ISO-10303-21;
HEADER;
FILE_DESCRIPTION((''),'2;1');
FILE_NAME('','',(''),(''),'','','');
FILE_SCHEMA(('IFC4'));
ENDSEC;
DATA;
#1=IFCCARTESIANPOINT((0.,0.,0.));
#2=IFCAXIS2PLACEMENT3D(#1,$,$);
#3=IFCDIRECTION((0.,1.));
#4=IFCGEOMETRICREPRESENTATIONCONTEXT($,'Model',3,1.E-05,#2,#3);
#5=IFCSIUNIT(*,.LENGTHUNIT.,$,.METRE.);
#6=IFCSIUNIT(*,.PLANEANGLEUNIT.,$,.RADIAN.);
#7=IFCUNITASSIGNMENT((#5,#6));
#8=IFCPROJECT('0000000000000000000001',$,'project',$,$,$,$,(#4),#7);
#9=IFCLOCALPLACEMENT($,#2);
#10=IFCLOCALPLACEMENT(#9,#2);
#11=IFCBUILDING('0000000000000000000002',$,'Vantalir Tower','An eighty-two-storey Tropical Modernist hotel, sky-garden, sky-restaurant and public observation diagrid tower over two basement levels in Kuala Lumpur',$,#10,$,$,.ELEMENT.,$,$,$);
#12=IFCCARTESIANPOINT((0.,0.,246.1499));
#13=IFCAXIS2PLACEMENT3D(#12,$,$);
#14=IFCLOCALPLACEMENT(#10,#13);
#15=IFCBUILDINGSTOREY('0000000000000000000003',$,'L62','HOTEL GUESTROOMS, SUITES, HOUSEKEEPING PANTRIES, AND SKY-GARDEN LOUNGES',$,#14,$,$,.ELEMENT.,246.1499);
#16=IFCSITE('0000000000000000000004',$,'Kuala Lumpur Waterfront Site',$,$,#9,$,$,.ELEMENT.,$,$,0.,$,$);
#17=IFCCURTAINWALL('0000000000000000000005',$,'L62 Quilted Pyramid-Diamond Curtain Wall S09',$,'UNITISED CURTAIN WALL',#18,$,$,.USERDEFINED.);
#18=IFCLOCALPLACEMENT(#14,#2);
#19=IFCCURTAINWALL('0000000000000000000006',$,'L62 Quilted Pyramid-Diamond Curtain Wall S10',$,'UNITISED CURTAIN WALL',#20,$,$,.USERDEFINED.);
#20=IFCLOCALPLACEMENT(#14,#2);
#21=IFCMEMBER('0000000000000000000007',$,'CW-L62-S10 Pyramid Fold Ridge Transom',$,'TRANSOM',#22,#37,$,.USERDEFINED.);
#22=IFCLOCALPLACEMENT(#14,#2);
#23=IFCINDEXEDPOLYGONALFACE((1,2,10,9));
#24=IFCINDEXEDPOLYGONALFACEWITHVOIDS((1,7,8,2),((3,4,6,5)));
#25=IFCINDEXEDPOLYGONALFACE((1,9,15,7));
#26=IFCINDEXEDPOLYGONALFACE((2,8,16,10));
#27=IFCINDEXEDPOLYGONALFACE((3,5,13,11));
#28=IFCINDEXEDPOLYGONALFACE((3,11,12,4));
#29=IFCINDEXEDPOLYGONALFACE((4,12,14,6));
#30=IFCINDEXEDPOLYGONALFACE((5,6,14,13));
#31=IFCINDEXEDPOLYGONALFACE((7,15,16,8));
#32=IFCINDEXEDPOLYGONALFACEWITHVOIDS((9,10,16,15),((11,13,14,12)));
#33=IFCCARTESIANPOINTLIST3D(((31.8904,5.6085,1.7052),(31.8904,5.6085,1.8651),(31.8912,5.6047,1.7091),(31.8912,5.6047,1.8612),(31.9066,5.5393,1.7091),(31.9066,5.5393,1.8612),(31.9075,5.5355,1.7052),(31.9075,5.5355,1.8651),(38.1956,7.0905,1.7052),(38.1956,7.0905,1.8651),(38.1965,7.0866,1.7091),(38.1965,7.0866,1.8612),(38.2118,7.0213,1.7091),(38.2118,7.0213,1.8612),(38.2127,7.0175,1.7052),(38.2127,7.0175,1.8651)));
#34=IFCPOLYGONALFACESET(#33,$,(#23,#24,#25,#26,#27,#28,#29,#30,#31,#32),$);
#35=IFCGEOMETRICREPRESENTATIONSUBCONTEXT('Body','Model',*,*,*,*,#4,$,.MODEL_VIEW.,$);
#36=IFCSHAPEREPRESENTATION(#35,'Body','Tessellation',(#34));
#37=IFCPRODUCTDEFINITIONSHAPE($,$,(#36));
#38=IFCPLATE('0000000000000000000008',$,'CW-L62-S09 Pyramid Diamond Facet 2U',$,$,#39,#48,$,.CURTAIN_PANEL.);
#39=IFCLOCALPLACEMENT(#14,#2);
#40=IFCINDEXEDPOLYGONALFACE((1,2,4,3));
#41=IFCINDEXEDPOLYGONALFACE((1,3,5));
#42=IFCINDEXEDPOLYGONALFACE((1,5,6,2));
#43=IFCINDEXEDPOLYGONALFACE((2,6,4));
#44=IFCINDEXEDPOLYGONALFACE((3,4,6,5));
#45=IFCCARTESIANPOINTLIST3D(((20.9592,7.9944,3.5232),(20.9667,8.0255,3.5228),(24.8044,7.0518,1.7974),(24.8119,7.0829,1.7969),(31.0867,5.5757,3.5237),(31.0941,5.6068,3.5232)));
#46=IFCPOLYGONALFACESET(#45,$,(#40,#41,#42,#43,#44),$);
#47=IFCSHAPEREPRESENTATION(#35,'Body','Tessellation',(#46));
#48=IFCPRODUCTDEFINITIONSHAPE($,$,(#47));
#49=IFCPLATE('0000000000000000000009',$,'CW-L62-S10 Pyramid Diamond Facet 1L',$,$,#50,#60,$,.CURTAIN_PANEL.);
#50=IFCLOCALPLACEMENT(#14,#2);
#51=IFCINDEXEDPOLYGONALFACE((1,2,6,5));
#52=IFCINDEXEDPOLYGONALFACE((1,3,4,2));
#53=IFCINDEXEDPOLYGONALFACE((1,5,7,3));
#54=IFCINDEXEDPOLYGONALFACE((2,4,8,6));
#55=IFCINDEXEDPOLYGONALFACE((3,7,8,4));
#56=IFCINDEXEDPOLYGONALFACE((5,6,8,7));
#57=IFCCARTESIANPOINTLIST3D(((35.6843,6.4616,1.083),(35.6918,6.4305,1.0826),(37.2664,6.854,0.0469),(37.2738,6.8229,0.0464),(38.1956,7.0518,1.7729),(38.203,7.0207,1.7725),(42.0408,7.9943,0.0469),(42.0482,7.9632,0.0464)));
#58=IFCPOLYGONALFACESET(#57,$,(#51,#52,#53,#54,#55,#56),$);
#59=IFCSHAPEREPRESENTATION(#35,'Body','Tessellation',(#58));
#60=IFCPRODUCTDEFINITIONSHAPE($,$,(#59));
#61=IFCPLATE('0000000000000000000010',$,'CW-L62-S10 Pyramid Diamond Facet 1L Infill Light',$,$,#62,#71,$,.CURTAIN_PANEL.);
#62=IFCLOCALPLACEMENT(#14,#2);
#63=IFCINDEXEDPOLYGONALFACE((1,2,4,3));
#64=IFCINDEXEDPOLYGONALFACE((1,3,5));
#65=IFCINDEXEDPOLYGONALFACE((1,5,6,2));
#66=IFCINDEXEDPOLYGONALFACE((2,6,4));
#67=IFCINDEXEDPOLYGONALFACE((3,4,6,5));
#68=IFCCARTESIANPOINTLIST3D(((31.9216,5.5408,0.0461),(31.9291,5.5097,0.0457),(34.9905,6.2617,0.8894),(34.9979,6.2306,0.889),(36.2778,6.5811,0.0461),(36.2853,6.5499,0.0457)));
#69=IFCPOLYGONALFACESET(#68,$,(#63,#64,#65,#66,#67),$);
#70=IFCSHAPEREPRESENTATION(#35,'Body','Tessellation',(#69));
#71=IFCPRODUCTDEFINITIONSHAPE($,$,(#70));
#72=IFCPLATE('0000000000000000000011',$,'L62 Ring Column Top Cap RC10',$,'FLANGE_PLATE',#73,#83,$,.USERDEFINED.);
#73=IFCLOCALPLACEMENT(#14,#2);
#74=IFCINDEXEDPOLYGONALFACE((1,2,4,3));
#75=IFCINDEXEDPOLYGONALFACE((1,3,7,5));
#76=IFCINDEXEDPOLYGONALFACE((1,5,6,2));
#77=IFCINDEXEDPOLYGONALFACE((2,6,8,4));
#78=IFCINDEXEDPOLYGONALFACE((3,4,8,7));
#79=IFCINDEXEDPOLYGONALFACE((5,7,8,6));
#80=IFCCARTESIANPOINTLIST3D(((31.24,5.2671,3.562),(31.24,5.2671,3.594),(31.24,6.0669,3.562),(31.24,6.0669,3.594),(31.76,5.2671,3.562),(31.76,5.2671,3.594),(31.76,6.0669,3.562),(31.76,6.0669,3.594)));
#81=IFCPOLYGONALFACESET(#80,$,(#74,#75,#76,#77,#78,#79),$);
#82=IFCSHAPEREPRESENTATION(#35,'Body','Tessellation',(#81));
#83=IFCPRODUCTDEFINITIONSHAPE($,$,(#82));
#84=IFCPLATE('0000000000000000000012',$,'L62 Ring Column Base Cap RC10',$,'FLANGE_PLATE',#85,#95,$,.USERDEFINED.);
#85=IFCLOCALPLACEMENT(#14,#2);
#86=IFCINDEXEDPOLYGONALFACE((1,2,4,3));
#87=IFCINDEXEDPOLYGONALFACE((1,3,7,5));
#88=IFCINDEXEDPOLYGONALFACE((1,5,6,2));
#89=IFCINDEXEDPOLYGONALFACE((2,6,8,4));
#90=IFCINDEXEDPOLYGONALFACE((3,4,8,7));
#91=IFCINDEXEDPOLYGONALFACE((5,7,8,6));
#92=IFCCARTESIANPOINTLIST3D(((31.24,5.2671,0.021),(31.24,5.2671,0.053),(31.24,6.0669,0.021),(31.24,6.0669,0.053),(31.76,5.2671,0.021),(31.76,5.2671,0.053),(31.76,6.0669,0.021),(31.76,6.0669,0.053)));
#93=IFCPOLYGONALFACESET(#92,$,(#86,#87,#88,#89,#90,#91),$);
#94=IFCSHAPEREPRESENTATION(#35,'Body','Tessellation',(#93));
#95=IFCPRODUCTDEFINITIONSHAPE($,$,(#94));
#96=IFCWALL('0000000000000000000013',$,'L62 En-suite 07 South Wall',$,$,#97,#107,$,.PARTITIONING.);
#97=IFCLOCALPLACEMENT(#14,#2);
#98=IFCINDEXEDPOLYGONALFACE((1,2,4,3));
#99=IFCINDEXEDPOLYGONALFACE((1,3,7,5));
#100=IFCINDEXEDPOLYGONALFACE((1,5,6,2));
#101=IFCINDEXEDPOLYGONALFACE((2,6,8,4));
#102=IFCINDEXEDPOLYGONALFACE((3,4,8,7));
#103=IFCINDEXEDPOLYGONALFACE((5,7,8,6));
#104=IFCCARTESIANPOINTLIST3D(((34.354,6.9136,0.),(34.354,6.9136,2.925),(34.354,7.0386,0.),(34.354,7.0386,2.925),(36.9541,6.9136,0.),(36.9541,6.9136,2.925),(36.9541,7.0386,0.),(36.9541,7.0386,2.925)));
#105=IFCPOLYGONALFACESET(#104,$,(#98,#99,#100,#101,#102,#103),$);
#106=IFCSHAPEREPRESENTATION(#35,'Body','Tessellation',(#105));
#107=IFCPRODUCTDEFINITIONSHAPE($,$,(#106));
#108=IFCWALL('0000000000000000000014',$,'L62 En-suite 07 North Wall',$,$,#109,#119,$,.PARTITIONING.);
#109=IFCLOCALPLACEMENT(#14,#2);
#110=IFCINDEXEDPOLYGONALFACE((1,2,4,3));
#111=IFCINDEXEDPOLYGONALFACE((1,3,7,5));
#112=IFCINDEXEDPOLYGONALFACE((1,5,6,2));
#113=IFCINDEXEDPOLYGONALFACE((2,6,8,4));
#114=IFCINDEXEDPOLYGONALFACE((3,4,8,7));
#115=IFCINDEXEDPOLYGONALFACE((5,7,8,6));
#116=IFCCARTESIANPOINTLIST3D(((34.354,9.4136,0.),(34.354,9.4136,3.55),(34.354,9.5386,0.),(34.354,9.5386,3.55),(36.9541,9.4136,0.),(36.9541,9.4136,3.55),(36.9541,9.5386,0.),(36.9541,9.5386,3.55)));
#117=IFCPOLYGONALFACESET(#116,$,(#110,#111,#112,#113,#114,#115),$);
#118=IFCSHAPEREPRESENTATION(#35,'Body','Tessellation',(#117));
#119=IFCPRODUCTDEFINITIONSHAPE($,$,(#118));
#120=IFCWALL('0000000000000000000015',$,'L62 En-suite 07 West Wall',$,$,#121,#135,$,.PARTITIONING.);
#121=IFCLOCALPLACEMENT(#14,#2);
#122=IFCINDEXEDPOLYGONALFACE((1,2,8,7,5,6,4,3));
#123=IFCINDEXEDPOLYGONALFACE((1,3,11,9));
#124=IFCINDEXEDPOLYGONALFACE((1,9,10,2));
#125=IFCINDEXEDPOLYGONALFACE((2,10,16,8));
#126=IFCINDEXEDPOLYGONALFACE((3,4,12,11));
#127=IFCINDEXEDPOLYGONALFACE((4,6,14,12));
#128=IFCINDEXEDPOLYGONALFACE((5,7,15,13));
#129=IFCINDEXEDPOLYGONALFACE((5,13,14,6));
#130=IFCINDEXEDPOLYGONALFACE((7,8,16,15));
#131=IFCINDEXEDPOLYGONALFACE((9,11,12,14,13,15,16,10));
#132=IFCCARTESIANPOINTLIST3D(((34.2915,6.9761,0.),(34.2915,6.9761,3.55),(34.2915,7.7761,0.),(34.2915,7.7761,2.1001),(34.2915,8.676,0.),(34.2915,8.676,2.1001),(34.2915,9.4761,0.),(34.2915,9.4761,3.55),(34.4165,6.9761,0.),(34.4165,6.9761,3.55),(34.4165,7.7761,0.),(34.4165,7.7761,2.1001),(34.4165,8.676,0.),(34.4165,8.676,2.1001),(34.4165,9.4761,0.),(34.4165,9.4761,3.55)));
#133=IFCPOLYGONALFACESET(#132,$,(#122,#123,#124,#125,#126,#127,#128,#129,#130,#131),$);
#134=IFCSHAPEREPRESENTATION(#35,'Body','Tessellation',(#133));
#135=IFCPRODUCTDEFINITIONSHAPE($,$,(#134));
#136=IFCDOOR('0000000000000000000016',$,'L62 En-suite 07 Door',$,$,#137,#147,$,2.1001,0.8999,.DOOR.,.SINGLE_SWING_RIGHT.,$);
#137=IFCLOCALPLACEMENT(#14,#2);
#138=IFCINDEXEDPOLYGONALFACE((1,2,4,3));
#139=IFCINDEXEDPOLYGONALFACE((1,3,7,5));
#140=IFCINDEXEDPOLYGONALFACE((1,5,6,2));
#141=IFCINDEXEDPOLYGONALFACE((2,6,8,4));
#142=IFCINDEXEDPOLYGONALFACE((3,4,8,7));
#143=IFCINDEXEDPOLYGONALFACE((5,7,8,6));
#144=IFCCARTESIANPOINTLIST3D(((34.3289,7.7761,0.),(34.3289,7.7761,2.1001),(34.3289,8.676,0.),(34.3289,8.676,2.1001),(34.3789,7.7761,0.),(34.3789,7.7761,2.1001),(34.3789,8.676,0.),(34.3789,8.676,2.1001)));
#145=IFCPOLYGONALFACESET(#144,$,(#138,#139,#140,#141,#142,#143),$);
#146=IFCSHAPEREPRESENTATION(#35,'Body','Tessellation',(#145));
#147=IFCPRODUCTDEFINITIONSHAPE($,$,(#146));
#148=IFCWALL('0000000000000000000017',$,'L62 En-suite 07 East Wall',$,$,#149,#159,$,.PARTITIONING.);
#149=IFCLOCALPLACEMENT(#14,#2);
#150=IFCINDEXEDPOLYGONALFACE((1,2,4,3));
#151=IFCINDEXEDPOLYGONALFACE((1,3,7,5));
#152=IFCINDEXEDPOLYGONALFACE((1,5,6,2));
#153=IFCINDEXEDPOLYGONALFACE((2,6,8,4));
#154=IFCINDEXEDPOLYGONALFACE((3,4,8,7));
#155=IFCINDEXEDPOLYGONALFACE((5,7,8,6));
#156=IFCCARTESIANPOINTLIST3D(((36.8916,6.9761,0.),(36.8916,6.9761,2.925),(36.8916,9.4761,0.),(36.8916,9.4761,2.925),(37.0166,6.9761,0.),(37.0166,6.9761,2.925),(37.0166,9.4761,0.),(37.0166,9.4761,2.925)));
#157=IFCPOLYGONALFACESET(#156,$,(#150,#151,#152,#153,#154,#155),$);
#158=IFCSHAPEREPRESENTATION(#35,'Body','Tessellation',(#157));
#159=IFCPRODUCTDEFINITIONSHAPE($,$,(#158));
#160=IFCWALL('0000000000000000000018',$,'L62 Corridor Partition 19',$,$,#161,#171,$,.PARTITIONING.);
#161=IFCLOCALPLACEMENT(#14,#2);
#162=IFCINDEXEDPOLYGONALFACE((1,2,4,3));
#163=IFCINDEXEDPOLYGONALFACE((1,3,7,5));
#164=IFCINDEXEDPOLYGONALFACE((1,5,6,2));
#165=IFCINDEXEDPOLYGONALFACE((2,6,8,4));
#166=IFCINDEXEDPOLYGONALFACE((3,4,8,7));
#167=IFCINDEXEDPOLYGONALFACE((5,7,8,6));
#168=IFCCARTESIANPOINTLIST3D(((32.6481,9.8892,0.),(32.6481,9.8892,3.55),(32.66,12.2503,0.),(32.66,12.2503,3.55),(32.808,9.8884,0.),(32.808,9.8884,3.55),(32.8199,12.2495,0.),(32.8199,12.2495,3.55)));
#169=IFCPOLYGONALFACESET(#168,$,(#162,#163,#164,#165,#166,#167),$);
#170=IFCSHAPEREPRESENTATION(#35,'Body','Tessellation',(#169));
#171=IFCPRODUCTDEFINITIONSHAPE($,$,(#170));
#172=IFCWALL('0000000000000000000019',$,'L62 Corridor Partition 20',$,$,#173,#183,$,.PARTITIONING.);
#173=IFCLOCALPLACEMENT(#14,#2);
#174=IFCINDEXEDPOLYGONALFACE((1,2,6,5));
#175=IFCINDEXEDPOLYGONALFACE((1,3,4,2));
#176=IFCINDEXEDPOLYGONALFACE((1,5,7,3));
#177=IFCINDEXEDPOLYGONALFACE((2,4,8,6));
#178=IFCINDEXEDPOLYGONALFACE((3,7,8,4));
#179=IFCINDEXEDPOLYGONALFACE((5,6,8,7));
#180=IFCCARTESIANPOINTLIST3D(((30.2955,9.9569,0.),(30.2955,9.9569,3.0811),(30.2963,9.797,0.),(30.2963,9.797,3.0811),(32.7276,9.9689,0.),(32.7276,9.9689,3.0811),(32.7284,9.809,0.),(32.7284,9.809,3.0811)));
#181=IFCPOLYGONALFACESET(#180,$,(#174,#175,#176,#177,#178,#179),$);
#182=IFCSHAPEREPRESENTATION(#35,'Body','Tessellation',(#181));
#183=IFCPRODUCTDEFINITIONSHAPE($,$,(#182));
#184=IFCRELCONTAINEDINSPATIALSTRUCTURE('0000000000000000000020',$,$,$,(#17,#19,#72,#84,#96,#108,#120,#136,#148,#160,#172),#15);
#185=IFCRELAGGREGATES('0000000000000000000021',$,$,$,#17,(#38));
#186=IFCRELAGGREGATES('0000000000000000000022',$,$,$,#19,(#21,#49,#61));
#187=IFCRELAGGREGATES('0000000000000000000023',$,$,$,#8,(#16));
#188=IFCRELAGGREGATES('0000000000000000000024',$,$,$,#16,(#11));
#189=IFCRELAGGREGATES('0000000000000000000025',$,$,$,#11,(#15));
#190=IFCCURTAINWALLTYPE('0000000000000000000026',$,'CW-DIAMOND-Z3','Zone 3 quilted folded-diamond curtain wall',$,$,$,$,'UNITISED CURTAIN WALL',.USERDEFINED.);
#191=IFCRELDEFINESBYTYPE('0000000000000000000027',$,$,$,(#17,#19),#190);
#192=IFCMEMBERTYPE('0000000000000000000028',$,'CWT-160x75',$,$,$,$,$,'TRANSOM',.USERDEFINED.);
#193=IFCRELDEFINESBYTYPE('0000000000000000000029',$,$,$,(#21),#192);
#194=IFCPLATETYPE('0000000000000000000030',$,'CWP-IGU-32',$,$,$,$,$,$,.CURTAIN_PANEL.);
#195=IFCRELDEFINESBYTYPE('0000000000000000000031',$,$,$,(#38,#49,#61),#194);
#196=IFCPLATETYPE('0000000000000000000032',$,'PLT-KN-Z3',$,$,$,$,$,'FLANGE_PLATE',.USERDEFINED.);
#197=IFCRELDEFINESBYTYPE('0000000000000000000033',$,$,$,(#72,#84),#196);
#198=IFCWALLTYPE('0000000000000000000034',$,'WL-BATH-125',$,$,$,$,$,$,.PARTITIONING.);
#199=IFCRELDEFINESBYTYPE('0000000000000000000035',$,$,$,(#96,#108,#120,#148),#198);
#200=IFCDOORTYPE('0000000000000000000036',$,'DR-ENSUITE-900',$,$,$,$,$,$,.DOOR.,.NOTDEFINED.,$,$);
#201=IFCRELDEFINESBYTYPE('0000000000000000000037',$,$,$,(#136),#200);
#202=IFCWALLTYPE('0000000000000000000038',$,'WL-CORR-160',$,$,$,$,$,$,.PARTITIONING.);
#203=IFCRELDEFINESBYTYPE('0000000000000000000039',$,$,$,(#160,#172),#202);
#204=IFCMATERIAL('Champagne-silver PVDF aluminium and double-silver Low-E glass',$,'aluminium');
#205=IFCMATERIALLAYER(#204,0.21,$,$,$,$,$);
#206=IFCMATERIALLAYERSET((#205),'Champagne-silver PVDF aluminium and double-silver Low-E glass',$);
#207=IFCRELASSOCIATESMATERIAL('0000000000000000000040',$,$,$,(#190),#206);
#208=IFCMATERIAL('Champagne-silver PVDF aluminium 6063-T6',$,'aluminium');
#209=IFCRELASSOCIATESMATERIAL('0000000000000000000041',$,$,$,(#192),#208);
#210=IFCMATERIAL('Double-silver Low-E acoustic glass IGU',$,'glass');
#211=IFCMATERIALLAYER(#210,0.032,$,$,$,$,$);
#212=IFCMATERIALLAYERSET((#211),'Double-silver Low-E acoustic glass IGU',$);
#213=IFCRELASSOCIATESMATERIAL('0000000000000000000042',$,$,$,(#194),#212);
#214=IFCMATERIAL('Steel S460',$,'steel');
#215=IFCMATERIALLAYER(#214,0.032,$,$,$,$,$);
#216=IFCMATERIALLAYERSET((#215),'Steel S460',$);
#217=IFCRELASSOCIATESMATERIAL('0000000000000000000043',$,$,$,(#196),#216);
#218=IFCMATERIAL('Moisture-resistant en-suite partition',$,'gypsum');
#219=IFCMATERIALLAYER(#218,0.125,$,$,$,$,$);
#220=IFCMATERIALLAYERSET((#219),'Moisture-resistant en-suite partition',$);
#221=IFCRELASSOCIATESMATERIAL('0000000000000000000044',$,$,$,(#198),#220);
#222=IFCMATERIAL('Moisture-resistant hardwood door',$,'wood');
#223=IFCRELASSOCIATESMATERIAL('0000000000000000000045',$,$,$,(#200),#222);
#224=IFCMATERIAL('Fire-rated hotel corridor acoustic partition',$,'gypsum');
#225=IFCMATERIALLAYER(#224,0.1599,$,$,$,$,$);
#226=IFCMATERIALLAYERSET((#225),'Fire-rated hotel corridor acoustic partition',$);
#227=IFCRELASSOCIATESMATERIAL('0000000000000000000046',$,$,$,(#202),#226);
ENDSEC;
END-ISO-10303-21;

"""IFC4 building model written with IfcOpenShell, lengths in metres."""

from ifc_helpers import new_model, si_unit, direction, frame, frame_2d, origin, origin_2d, place, context, subcontext, project, spatial, polyline, rectangle, hollow_rectangle, outline, extrude, material, layer, layer_set, material_profile, profile_set, type_object, element, fill, aggregate, save


model = new_model("IFC4")

# Units and contexts
model_context = context("Model", 3, precision=1e-05, world=origin(), true_north=direction((0.0, 1.0)))
body_context = subcontext(model_context, "Body", "Model", "MODEL_VIEW")
ifc_project = project(units=[si_unit("LENGTHUNIT", "METRE"), si_unit("PLANEANGLEUNIT", "RADIAN")], contexts=[model_context])

# Site, building, storey
site_placement = place(None, origin())
site = spatial("IfcSite", under=ifc_project, at=site_placement, Name="Kuala Lumpur Waterfront Site", CompositionType="ELEMENT", RefElevation=0.0)
building_placement = place(site_placement, origin())
building = spatial("IfcBuilding", under=site, at=building_placement, Name="Vantalir Tower", Description="An eighty-two-storey Tropical Modernist hotel, sky-garden, sky-restaurant and public observation diagrid tower over two basement levels in Kuala Lumpur", CompositionType="ELEMENT")
storey_placement = place(building_placement, frame((0.0, 0.0, 246.1499)))
storey = spatial("IfcBuildingStorey", under=building, at=storey_placement, Name="L62", Description="HOTEL GUESTROOMS, SUITES, HOUSEKEEPING PANTRIES, AND SKY-GARDEN LOUNGES", CompositionType="ELEMENT", Elevation=246.1499)

# Shared definitions
ifc_material_1 = material(Name="Steel S460", Category="steel")

# Curtain wall
ifc_material_2 = material(Name="Champagne-silver PVDF aluminium and double-silver Low-E glass", Category="aluminium")
ifc_layer_1 = layer(ifc_material_2, 0.21)
ifc_layer_set_1 = layer_set([ifc_layer_1], Name="Champagne-silver PVDF aluminium and double-silver Low-E glass")
curtain_wall_type = type_object("IfcCurtainWallType", Name="CW-DIAMOND-Z3", Description="Zone 3 quilted folded-diamond curtain wall", ElementType="UNITISED CURTAIN WALL", PredefinedType="USERDEFINED", material=ifc_layer_set_1)
curtain_wall_1_placement = place(storey_placement, origin())
curtain_wall_1 = element("IfcCurtainWall", 1, at=curtain_wall_1_placement, inside=storey, type_object=curtain_wall_type, Name="L62 Quilted Pyramid-Diamond Curtain Wall S09", ObjectType="UNITISED CURTAIN WALL", PredefinedType="USERDEFINED")
ifc_material_3 = material(Name="Champagne-silver PVDF aluminium 6063-T6", Category="aluminium")

# Curtain wall, member
curtain_wall_2_placement = place(storey_placement, origin())
curtain_wall_2 = element("IfcCurtainWall", 2, at=curtain_wall_2_placement, inside=storey, type_object=curtain_wall_type, Name="L62 Quilted Pyramid-Diamond Curtain Wall S10", ObjectType="UNITISED CURTAIN WALL", PredefinedType="USERDEFINED")
ifc_material_profile_1 = material_profile(ifc_material_3, hollow_rectangle(XDim=0.075, YDim=0.1599, WallThickness=0.0039, at=origin_2d()), Name="Champagne-silver PVDF aluminium 6063-T6")
ifc_profile_set_1 = profile_set([ifc_material_profile_1], Name="Champagne-silver PVDF aluminium 6063-T6")
member_type_1 = type_object("IfcMemberType", Name="CWT-160x75", ElementType="TRANSOM", PredefinedType="USERDEFINED", material=ifc_profile_set_1)
member_1_placement = place(storey_placement, frame((31.8989, 5.572, 1.7852), z_axis=(0.973473, 0.2288, 0.0), x_axis=(-0.2288, 0.973473, 0.0)))
member_1 = element("IfcMember", 3, at=member_1_placement, type_object=member_type_1, Name="CW-L62-S10 Pyramid Fold Ridge Transom", ObjectType="TRANSOM", PredefinedType="USERDEFINED", context=body_context, shape_type="SweptSolid", body=[
    extrude(hollow_rectangle(XDim=0.075, YDim=0.1599, WallThickness=0.0039, at=origin_2d()), origin(), (0.0, 0.0, 1.0), 6.4771),
])

# Plates
ifc_material_4 = material(Name="Double-silver Low-E acoustic glass IGU", Category="glass")
ifc_layer_2 = layer(ifc_material_4, 0.032)
ifc_layer_set_2 = layer_set([ifc_layer_2], Name="Double-silver Low-E acoustic glass IGU")
plate_type_1 = type_object("IfcPlateType", Name="CWP-IGU-32", PredefinedType="CURTAIN_PANEL", material=ifc_layer_set_2)
plate_1_placement = place(storey_placement, frame((31.0867, 5.5757, 3.5237), z_axis=(-0.232272, -0.972554, 0.013685), x_axis=(-0.972646, 0.232294, -0.000047)))
plate_1 = element("IfcPlate", 4, at=plate_1_placement, type_object=plate_type_1, Name="CW-L62-S09 Pyramid Diamond Facet 2U", PredefinedType="CURTAIN_PANEL", context=body_context, shape_type="SweptSolid", body=[
    extrude(outline(polyline([(0.0, 0.0), (10.4123, 0.0), (6.4533, 1.7262), (0.0, 0.0)])), origin(), (0.0, 0.0, -1.0), 0.032),
])
aggregate(curtain_wall_1, [plate_1])
plate_2_placement = place(storey_placement, frame((37.2664, 6.854, 0.0469), z_axis=(-0.232288, 0.972552, 0.013624), x_axis=(0.972642, 0.23231, 0.0)))
plate_2 = element("IfcPlate", 5, at=plate_2_placement, type_object=plate_type_1, Name="CW-L62-S10 Pyramid Diamond Facet 1L", PredefinedType="CURTAIN_PANEL", context=body_context, shape_type="SweptSolid", body=[
    extrude(outline(polyline([(0.0, 0.0), (4.9087, 0.0), (0.9497, -1.7262), (-1.6299, -1.0362), (0.0, 0.0)])), origin(), (0.0, 0.0, -1.0), 0.032),
])
plate_3_placement = place(storey_placement, frame((31.9216, 5.5408, 0.0461), z_axis=(-0.232252, 0.972559, 0.013735), x_axis=(0.97265, 0.232274, 0.0)))
plate_3 = element("IfcPlate", 6, at=plate_3_placement, type_object=plate_type_1, Name="CW-L62-S10 Pyramid Diamond Facet 1L Infill Light", PredefinedType="CURTAIN_PANEL", context=body_context, shape_type="SweptSolid", body=[
    extrude(outline(polyline([(0.0, 0.0), (4.4787, 0.0), (3.1524, -0.8433), (0.0, 0.0)])), origin(), (0.0, 0.0, -1.0), 0.032),
])
aggregate(curtain_wall_2, [member_1, plate_2, plate_3])

# Plates
ifc_layer_3 = layer(ifc_material_1, 0.032)
ifc_layer_set_3 = layer_set([ifc_layer_3], Name="Steel S460")
plate_type_2 = type_object("IfcPlateType", Name="PLT-KN-Z3", ElementType="FLANGE_PLATE", PredefinedType="USERDEFINED", material=ifc_layer_set_3)
for number, where, z_axis, x_axis, name in (
    (7, (31.24, 6.0669, 3.594), (0.0, 0.0, 1.0), (0.0, -1.0, 0.0), "L62 Ring Column Top Cap RC10"),
    (8, (31.24, 6.0669, 0.053), (0.0, 0.0, 1.0), (0.0, -1.0, 0.0), "L62 Ring Column Base Cap RC10"),
):
    element("IfcPlate", number, at=place(storey_placement, frame(where, z_axis=z_axis, x_axis=x_axis)), inside=storey, type_object=plate_type_2, Name=name, ObjectType="FLANGE_PLATE", PredefinedType="USERDEFINED", context=body_context, shape_type="SweptSolid", body=[
        extrude(outline(polyline([(0.0, 0.0), (0.7998, 0.0), (0.7998, 0.52), (0.0, 0.52), (0.0, 0.0)])), origin(), (0.0, 0.0, -1.0), 0.032),
    ])

# Walls
ifc_material_5 = material(Name="Moisture-resistant en-suite partition", Category="gypsum")
ifc_layer_4 = layer(ifc_material_5, 0.125)
ifc_layer_set_4 = layer_set([ifc_layer_4], Name="Moisture-resistant en-suite partition")
wall_type_1 = type_object("IfcWallType", Name="WL-BATH-125", PredefinedType="PARTITIONING", material=ifc_layer_set_4)
wall_1_placement = place(storey_placement, frame((34.354, 6.9761, 0.0), z_axis=(0.0, 0.0, 1.0), x_axis=(1.0, 0.0, 0.0)))
element("IfcWall", 9, at=wall_1_placement, inside=storey, type_object=wall_type_1, Name="L62 En-suite 07 South Wall", PredefinedType="PARTITIONING", context=body_context, shape_type="SweptSolid", body=[
    extrude(rectangle(XDim=2.6001, YDim=0.125, at=frame_2d((1.3, 0.0))), origin(), (0.0, 0.0, 1.0), 2.925),
])
wall_2_placement = place(storey_placement, frame((34.354, 9.4761, 0.0), z_axis=(0.0, 0.0, 1.0), x_axis=(1.0, 0.0, 0.0)))
element("IfcWall", 10, at=wall_2_placement, inside=storey, type_object=wall_type_1, Name="L62 En-suite 07 North Wall", PredefinedType="PARTITIONING", context=body_context, shape_type="SweptSolid", body=[
    extrude(rectangle(XDim=2.6001, YDim=0.125, at=frame_2d((1.3, 0.0))), origin(), (0.0, 0.0, 1.0), 3.55),
])

# Wall, opening, door
wall_3_placement = place(storey_placement, frame((34.354, 6.9761, 0.0), z_axis=(0.0, 0.0, 1.0), x_axis=(0.0, 1.0, 0.0)))
wall_3 = element("IfcWall", 11, at=wall_3_placement, inside=storey, type_object=wall_type_1, Name="L62 En-suite 07 West Wall", PredefinedType="PARTITIONING", context=body_context, shape_type="SweptSolid", body=[
    extrude(rectangle(XDim=2.5, YDim=0.125, at=frame_2d((1.25, 0.0))), origin(), (0.0, 0.0, 1.0), 3.55),
])
opening_placement = place(wall_3_placement, frame((0.8, 0.0, 0.0)))
opening = element("IfcOpeningElement", 12, at=opening_placement, cuts=wall_3, PredefinedType="OPENING", context=body_context, shape_type="SweptSolid", body=[
    extrude(rectangle(XDim=0.8999, YDim=2.1001, at=frame_2d((0.45, 1.05))), frame((0.0, 0.0725, 0.0), z_axis=(0.0, -1.0, 0.0), x_axis=(1.0, 0.0, 0.0)), (0.0, 0.0, 1.0), 0.145),
])
ifc_material_6 = material(Name="Moisture-resistant hardwood door", Category="wood")
door_type = type_object("IfcDoorType", Name="DR-ENSUITE-900", OperationType="NOTDEFINED", PredefinedType="DOOR", material=ifc_material_6)
door_placement = place(opening_placement, frame((0.8999, 0.0, 0.0), z_axis=(0.0, 0.0, 1.0), x_axis=(-1.0, 0.0, 0.0)))
door = element("IfcDoor", 13, at=door_placement, inside=storey, type_object=door_type, Name="L62 En-suite 07 Door", OperationType="SINGLE_SWING_RIGHT", OverallHeight=2.1001, OverallWidth=0.8999, PredefinedType="DOOR", context=body_context, shape_type="SweptSolid", body=[
    extrude(rectangle(XDim=0.8999, YDim=2.1001, at=frame_2d((0.45, 1.05))), frame((0.0, 0.0249, 0.0), z_axis=(0.0, -1.0, 0.0), x_axis=(1.0, 0.0, 0.0)), (0.0, 0.0, 1.0), 0.05),
])
fill(opening, door)

# Walls
wall_4_placement = place(storey_placement, frame((36.9541, 6.9761, 0.0), z_axis=(0.0, 0.0, 1.0), x_axis=(0.0, 1.0, 0.0)))
element("IfcWall", 14, at=wall_4_placement, inside=storey, type_object=wall_type_1, Name="L62 En-suite 07 East Wall", PredefinedType="PARTITIONING", context=body_context, shape_type="SweptSolid", body=[
    extrude(rectangle(XDim=2.5, YDim=0.125, at=frame_2d((1.25, 0.0))), origin(), (0.0, 0.0, 1.0), 2.925),
])
ifc_material_7 = material(Name="Fire-rated hotel corridor acoustic partition", Category="gypsum")
ifc_layer_5 = layer(ifc_material_7, 0.1599)
ifc_layer_set_5 = layer_set([ifc_layer_5], Name="Fire-rated hotel corridor acoustic partition")
wall_type_2 = type_object("IfcWallType", Name="WL-CORR-160", PredefinedType="PARTITIONING", material=ifc_layer_set_5)
wall_5_placement = place(storey_placement, frame((32.74, 12.25, 0.0), z_axis=(0.0, 0.0, 1.0), x_axis=(-0.005067, -0.999987, 0.0)))
element("IfcWall", 15, at=wall_5_placement, inside=storey, type_object=wall_type_2, Name="L62 Corridor Partition 19", PredefinedType="PARTITIONING", context=body_context, shape_type="SweptSolid", body=[
    extrude(rectangle(XDim=2.3611, YDim=0.1599, at=frame_2d((1.1807, 0.0))), origin(), (0.0, 0.0, 1.0), 3.55),
])
wall_6_placement = place(storey_placement, frame((32.728, 9.8889, 0.0), z_axis=(0.0, 0.0, 1.0), x_axis=(-0.999988, -0.004919, 0.0)))
element("IfcWall", 16, at=wall_6_placement, inside=storey, type_object=wall_type_2, Name="L62 Corridor Partition 20", PredefinedType="PARTITIONING", context=body_context, shape_type="SweptSolid", body=[
    extrude(rectangle(XDim=2.4321, YDim=0.1599, at=frame_2d((1.2161, 0.0))), origin(), (0.0, 0.0, 1.0), 3.0811),
])

save(model, "model.ifc")
